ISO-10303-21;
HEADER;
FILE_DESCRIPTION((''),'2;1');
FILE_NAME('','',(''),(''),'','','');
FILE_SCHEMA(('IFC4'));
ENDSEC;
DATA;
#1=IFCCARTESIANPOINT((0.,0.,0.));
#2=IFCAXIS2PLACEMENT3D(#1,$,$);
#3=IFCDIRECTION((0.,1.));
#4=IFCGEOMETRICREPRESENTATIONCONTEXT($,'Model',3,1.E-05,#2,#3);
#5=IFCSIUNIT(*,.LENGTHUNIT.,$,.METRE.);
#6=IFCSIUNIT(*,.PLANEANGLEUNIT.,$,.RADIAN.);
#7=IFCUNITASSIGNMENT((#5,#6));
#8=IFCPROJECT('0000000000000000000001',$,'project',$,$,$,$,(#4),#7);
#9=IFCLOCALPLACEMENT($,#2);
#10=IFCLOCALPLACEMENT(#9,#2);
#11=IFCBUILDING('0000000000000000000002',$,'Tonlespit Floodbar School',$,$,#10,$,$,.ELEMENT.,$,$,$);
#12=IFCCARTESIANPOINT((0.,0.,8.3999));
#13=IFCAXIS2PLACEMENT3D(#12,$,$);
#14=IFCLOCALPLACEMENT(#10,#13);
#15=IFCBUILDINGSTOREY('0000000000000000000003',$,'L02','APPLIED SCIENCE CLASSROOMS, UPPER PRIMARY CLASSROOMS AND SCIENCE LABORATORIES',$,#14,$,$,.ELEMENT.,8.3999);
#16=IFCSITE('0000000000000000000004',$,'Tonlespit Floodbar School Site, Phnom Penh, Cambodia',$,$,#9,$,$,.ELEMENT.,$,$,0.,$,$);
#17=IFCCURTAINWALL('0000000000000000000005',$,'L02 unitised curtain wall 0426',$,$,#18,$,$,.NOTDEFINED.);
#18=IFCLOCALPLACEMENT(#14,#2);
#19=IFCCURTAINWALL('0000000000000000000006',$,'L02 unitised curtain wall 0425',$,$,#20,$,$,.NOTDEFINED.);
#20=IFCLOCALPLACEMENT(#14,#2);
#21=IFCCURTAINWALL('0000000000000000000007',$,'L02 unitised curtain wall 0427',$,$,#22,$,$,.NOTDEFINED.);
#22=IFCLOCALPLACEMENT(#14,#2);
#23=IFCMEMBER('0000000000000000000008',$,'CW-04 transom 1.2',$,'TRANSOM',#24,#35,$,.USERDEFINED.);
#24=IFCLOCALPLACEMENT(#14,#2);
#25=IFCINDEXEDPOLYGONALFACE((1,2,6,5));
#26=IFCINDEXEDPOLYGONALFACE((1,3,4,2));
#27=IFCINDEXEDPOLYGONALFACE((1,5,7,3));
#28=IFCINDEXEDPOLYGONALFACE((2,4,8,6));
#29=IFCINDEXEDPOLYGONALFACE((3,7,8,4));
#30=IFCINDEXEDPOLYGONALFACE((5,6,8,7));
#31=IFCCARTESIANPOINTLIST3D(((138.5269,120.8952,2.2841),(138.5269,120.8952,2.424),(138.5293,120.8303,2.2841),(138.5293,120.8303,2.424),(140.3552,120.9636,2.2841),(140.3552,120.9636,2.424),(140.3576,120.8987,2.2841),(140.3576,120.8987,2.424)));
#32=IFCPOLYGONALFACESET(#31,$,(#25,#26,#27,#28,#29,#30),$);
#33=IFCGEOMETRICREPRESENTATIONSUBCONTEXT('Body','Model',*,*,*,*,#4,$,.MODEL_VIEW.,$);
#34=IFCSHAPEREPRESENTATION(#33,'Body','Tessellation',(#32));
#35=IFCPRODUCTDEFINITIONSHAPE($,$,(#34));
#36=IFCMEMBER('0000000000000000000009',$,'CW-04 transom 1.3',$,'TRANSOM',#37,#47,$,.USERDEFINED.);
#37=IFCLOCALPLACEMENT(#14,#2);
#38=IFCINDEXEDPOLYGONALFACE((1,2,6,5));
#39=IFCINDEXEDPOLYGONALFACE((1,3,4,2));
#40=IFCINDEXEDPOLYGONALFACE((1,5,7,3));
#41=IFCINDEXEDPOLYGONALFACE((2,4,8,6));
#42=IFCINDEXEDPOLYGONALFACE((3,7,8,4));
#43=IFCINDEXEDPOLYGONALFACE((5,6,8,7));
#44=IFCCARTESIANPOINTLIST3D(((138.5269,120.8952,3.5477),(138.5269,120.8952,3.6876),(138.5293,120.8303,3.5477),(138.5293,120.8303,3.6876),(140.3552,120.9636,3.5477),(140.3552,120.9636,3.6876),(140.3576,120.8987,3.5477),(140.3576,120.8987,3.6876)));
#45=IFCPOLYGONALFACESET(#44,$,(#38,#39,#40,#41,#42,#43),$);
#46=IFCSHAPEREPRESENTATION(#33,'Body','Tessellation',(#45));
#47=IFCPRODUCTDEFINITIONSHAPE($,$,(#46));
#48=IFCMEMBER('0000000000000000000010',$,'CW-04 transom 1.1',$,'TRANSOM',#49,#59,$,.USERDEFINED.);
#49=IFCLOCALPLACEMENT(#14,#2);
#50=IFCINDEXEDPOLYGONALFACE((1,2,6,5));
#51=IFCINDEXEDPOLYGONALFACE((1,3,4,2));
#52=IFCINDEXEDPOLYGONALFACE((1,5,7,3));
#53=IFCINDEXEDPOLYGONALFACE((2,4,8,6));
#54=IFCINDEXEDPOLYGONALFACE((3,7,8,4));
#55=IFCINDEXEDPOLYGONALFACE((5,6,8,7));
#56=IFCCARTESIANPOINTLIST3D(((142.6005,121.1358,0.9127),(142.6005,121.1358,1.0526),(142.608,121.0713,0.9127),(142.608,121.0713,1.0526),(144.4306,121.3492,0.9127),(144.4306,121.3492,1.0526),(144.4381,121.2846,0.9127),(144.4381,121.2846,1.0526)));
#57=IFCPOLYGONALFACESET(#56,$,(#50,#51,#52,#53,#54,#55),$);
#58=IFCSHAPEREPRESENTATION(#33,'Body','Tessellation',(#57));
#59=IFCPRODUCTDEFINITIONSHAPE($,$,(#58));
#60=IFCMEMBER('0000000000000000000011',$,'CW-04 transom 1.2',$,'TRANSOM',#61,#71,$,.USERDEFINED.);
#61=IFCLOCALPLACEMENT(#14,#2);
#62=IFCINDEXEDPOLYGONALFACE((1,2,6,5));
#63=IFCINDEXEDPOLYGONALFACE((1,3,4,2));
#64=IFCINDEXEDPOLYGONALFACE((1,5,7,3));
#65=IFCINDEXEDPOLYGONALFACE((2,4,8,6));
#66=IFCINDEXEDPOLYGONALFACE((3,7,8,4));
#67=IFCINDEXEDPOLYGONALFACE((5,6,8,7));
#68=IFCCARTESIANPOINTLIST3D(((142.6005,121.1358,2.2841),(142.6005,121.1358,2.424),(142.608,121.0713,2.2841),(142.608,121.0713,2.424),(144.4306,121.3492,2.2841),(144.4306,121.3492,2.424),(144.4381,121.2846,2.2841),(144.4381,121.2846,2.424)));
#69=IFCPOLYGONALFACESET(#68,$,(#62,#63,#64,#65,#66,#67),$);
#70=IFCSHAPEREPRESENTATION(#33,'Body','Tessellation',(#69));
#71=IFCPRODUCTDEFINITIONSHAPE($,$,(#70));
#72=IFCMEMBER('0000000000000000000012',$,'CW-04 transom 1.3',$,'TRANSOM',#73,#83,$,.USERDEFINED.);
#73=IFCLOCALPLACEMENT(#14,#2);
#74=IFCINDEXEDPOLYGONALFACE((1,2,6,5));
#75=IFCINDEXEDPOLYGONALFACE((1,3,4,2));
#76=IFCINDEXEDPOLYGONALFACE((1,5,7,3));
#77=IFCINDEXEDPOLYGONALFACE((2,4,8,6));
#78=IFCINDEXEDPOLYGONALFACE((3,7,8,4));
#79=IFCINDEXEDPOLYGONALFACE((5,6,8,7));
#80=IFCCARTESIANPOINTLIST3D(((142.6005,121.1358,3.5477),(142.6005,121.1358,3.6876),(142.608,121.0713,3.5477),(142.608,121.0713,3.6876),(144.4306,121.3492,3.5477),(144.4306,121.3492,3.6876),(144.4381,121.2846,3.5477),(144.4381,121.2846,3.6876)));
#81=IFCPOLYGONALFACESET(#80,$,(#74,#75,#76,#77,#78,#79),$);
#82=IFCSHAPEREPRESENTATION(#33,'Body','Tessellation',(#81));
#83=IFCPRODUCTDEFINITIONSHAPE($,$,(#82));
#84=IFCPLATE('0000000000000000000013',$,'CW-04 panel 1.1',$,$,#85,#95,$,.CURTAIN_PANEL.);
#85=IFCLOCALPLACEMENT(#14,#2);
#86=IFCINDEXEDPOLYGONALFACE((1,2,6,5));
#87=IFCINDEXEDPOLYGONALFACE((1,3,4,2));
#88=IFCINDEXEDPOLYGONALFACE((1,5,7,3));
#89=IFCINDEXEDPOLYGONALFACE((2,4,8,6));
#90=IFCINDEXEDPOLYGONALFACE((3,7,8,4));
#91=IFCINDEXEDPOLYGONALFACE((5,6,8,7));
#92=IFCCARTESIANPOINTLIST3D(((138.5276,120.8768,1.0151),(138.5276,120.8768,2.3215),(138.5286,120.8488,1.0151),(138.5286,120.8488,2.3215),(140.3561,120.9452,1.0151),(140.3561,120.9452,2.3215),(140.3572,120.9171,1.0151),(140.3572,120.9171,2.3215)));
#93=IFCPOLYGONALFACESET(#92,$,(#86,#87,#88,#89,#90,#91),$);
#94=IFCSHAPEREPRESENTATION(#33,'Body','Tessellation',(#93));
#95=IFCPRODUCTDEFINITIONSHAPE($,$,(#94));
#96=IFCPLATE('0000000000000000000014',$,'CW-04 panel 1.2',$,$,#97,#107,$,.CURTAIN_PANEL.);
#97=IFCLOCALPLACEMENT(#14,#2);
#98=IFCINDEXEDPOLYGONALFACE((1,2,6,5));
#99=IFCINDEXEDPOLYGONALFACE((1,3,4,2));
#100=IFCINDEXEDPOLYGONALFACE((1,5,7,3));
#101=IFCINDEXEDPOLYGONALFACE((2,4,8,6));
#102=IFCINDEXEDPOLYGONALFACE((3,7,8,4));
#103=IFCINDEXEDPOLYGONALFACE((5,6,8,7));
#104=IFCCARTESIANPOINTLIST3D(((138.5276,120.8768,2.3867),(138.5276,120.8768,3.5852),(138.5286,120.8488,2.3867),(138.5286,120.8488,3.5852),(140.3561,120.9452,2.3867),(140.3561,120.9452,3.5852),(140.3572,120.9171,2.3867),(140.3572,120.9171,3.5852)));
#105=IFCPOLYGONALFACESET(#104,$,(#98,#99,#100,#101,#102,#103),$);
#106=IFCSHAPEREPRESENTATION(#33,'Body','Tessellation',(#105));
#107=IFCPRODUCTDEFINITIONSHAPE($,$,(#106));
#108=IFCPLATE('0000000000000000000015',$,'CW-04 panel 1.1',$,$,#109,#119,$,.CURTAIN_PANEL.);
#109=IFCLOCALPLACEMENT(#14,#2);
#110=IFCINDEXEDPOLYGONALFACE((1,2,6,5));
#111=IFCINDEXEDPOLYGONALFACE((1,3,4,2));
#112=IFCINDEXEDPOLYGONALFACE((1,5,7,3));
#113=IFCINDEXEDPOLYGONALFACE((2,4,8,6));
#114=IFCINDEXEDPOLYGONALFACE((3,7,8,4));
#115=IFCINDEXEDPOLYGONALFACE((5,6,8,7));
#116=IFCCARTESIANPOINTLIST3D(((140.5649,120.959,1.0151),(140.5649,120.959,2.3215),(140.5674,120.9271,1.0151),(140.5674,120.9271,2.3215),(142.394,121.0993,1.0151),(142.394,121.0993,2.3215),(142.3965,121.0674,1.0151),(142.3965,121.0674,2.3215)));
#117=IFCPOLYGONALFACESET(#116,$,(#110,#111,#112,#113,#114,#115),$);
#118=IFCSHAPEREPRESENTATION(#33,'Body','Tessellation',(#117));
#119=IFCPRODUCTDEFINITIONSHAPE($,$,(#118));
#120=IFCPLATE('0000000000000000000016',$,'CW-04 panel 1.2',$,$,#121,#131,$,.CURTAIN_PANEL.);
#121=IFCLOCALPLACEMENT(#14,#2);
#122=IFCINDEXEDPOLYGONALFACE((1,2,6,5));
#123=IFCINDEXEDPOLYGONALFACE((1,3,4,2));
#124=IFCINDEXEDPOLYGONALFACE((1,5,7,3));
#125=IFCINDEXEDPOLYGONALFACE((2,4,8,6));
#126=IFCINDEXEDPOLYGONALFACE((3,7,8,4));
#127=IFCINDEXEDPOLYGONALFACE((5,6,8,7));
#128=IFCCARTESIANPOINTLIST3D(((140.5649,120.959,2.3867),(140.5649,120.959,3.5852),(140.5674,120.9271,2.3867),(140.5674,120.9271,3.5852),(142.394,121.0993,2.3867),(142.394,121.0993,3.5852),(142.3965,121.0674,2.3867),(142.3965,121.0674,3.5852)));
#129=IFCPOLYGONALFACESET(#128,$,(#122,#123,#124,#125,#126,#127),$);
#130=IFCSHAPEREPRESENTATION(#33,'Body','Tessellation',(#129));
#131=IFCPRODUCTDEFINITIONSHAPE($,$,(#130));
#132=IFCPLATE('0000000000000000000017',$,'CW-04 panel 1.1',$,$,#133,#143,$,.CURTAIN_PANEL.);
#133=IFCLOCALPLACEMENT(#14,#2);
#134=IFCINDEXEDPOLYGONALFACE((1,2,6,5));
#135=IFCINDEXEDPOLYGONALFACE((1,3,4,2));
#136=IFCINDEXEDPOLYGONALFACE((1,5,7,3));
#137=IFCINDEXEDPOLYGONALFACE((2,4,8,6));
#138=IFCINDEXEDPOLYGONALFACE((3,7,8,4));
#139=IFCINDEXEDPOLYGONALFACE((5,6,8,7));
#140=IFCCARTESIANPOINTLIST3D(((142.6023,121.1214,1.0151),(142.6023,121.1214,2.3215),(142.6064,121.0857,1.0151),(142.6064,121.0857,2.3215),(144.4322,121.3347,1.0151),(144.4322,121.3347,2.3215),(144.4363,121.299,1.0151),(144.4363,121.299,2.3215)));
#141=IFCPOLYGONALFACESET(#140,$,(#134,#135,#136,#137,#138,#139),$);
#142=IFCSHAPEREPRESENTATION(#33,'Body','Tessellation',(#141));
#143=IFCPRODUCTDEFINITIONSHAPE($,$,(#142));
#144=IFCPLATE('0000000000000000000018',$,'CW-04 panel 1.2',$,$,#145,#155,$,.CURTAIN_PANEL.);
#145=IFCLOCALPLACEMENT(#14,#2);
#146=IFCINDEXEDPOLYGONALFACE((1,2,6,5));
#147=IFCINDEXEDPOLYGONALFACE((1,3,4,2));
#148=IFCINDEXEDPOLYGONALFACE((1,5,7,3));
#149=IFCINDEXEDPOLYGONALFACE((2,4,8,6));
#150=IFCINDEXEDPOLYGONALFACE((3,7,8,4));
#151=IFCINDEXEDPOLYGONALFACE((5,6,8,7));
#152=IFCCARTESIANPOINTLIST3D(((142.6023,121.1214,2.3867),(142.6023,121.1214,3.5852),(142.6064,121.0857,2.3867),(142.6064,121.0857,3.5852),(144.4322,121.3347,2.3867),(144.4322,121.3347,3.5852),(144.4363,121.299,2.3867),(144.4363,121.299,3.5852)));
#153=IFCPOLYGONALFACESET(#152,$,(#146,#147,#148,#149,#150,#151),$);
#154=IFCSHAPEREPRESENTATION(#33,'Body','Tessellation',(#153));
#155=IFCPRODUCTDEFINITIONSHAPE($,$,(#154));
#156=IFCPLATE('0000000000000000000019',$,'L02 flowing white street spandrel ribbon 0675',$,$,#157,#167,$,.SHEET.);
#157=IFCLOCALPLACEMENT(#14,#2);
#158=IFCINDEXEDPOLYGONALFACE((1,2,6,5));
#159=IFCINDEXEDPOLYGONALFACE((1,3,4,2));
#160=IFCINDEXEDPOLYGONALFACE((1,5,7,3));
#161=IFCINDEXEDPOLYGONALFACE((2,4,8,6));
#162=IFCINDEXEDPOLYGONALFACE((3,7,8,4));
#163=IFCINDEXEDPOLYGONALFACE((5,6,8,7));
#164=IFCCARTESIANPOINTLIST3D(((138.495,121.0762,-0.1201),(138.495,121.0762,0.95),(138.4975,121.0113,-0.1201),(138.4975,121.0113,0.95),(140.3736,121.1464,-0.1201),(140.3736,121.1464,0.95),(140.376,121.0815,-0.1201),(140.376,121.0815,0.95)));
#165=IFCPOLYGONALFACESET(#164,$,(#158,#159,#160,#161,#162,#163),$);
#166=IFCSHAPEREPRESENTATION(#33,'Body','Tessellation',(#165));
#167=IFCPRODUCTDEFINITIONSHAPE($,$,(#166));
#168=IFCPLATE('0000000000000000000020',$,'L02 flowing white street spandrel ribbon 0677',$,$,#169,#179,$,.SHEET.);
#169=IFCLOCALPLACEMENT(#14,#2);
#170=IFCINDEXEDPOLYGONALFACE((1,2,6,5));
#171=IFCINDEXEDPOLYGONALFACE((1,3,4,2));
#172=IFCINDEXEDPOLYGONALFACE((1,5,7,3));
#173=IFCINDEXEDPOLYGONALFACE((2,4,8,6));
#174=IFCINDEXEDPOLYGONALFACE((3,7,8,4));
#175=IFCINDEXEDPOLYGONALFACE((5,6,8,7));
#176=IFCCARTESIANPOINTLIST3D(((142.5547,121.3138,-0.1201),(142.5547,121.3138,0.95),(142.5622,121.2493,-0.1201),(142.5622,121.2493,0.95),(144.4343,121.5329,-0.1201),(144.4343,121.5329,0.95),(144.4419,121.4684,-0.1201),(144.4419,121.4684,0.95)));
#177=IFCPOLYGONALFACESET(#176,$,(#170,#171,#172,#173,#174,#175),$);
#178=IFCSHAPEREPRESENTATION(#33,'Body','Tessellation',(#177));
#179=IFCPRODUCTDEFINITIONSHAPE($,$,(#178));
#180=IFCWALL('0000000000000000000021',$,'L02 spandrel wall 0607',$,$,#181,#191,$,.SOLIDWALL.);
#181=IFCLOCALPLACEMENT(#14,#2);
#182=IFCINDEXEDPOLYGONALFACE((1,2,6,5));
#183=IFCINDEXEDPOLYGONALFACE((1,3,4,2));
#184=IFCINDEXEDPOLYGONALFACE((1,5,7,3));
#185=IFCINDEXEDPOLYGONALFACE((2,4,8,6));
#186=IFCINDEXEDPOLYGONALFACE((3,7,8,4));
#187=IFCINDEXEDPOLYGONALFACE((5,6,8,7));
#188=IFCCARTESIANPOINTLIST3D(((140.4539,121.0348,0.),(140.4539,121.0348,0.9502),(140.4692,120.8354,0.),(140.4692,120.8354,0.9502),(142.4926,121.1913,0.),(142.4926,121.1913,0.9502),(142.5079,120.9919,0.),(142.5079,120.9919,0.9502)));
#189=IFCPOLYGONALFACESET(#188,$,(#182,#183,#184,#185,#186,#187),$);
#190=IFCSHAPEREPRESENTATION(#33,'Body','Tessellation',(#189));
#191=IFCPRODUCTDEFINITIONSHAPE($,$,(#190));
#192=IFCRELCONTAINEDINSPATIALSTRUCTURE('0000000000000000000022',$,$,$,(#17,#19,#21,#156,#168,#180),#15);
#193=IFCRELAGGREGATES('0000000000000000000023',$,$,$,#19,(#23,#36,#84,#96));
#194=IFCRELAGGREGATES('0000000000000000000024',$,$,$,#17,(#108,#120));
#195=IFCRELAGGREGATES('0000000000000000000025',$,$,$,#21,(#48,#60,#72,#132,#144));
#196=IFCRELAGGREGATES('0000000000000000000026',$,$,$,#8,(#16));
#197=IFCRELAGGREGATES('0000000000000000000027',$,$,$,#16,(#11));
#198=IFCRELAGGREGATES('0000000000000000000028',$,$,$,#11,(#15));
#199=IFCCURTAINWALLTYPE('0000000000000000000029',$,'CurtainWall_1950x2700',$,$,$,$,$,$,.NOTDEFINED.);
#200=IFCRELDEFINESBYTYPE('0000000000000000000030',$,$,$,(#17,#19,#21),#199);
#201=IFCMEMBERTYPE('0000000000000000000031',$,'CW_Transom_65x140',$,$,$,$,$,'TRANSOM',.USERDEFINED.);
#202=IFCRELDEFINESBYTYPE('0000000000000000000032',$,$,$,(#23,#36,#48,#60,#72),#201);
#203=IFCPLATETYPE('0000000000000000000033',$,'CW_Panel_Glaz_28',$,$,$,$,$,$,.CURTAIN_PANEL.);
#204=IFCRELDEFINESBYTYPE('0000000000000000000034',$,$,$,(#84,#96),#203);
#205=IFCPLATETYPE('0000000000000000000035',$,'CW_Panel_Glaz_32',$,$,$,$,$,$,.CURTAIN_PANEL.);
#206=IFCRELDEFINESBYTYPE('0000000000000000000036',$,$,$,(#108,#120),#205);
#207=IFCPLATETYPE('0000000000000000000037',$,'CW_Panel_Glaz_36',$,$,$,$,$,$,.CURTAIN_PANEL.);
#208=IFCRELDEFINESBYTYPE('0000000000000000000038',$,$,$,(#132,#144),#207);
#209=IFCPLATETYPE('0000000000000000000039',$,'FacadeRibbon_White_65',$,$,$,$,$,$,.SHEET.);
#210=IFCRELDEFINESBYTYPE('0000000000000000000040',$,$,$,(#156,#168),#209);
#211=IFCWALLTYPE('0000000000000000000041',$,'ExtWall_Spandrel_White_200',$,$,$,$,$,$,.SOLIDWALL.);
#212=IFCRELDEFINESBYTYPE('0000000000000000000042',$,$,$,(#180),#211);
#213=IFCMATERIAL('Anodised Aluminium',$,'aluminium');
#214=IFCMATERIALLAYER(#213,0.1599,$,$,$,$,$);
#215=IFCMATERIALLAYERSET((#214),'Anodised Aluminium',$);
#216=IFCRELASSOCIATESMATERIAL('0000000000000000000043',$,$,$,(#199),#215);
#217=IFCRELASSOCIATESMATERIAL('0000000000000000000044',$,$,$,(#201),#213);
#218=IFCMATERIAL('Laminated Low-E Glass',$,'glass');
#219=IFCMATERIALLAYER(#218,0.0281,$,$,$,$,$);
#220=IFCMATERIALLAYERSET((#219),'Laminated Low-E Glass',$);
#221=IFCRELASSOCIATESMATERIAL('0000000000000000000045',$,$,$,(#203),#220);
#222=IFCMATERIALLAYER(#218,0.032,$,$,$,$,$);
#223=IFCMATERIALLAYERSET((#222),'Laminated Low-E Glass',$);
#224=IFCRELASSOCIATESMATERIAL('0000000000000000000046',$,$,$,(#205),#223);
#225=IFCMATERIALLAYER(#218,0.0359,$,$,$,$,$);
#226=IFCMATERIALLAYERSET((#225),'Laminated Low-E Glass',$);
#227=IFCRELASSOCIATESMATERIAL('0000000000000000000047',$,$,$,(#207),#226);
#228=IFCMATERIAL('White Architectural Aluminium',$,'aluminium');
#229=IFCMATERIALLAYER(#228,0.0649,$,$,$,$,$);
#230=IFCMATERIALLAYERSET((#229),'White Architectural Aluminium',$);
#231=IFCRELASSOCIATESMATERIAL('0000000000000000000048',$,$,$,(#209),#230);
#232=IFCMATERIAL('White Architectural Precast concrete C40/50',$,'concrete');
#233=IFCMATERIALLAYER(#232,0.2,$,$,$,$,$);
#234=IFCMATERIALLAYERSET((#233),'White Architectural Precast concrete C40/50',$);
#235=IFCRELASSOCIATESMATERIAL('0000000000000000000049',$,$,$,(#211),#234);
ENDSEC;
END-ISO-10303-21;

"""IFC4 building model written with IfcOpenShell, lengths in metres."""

from ifc_helpers import new_model, si_unit, direction, frame, frame_2d, origin, origin_2d, place, context, subcontext, project, spatial, rectangle, extrude, material, layer, layer_set, material_profile, profile_set, type_object, element, aggregate, save


model = new_model("IFC4")

# Units and contexts
model_context = context("Model", 3, precision=1e-05, world=origin(), true_north=direction((0.0, 1.0)))
body_context = subcontext(model_context, "Body", "Model", "MODEL_VIEW")
ifc_project = project(units=[si_unit("LENGTHUNIT", "METRE"), si_unit("PLANEANGLEUNIT", "RADIAN")], contexts=[model_context])

# Site, building, storey
site_placement = place(None, origin())
site = spatial("IfcSite", under=ifc_project, at=site_placement, Name="Tonlespit Floodbar School Site, Phnom Penh, Cambodia", CompositionType="ELEMENT", RefElevation=0.0)
building_placement = place(site_placement, origin())
building = spatial("IfcBuilding", under=site, at=building_placement, Name="Tonlespit Floodbar School", CompositionType="ELEMENT")
storey_placement = place(building_placement, frame((0.0, 0.0, 8.3999)))
storey = spatial("IfcBuildingStorey", under=building, at=storey_placement, Name="L02", Description="APPLIED SCIENCE CLASSROOMS, UPPER PRIMARY CLASSROOMS AND SCIENCE LABORATORIES", CompositionType="ELEMENT", Elevation=8.3999)

# Curtain wall
ifc_material_1 = material(Name="Anodised Aluminium", Category="aluminium")
ifc_layer_1 = layer(ifc_material_1, 0.1599)
ifc_layer_set_1 = layer_set([ifc_layer_1], Name="Anodised Aluminium")
curtain_wall_type_1 = type_object("IfcCurtainWallType", Name="CurtainWall_1950x2700", PredefinedType="NOTDEFINED", material=ifc_layer_set_1)
curtain_wall_1_placement = place(storey_placement, origin())
curtain_wall_1 = element("IfcCurtainWall", 1, at=curtain_wall_1_placement, inside=storey, type_object=curtain_wall_type_1, Name="L02 unitised curtain wall 0426", PredefinedType="NOTDEFINED")

# Curtain walls
curtain_wall_2_placement = place(storey_placement, origin())
curtain_wall_2 = element("IfcCurtainWall", 2, at=curtain_wall_2_placement, inside=storey, type_object=curtain_wall_type_1, Name="L02 unitised curtain wall 0425", PredefinedType="NOTDEFINED")
curtain_wall_3_placement = place(storey_placement, origin())
curtain_wall_3 = element("IfcCurtainWall", 3, at=curtain_wall_3_placement, inside=storey, type_object=curtain_wall_type_1, Name="L02 unitised curtain wall 0427", PredefinedType="NOTDEFINED")

# Members
ifc_material_profile_1 = material_profile(ifc_material_1, rectangle(XDim=0.0649, YDim=0.1399, at=origin_2d()), Name="ALU T65x140")
ifc_profile_set_1 = profile_set([ifc_material_profile_1], Name="Anodised Aluminium")
member_type_1 = type_object("IfcMemberType", Name="CW_Transom_65x140", ElementType="TRANSOM", PredefinedType="USERDEFINED", material=ifc_profile_set_1)
member_1_placement = place(storey_placement, frame((138.5281, 120.8628, 2.354), z_axis=(0.999302, 0.037362, 0.0), x_axis=(-0.037362, 0.999302, 0.0)))
member_1 = element("IfcMember", 4, at=member_1_placement, type_object=member_type_1, Name="CW-04 transom 1.2", ObjectType="TRANSOM", PredefinedType="USERDEFINED", context=body_context, shape_type="SweptSolid", body=[
    extrude(rectangle(XDim=0.0649, YDim=0.1399, at=origin_2d()), origin(), (0.0, 0.0, 1.0), 1.8296),
])
member_2_placement = place(storey_placement, frame((138.5281, 120.8628, 3.6177), z_axis=(0.999302, 0.037362, 0.0), x_axis=(-0.037362, 0.999302, 0.0)))
member_2 = element("IfcMember", 5, at=member_2_placement, type_object=member_type_1, Name="CW-04 transom 1.3", ObjectType="TRANSOM", PredefinedType="USERDEFINED", context=body_context, shape_type="SweptSolid", body=[
    extrude(rectangle(XDim=0.0649, YDim=0.1399, at=origin_2d()), origin(), (0.0, 0.0, 1.0), 1.8296),
])
member_3_placement = place(storey_placement, frame((142.6042, 121.1035, 0.9827), z_axis=(0.993271, 0.115811, 0.0), x_axis=(-0.115811, 0.993271, 0.0)))
member_3 = element("IfcMember", 6, at=member_3_placement, type_object=member_type_1, Name="CW-04 transom 1.1", ObjectType="TRANSOM", PredefinedType="USERDEFINED", context=body_context, shape_type="SweptSolid", body=[
    extrude(rectangle(XDim=0.0649, YDim=0.1399, at=origin_2d()), origin(), (0.0, 0.0, 1.0), 1.8425),
])
member_4_placement = place(storey_placement, frame((142.6042, 121.1035, 2.354), z_axis=(0.993271, 0.115811, 0.0), x_axis=(-0.115811, 0.993271, 0.0)))
member_4 = element("IfcMember", 7, at=member_4_placement, type_object=member_type_1, Name="CW-04 transom 1.2", ObjectType="TRANSOM", PredefinedType="USERDEFINED", context=body_context, shape_type="SweptSolid", body=[
    extrude(rectangle(XDim=0.0649, YDim=0.1399, at=origin_2d()), origin(), (0.0, 0.0, 1.0), 1.8425),
])
member_5_placement = place(storey_placement, frame((142.6042, 121.1035, 3.6177), z_axis=(0.993271, 0.115811, 0.0), x_axis=(-0.115811, 0.993271, 0.0)))
member_5 = element("IfcMember", 8, at=member_5_placement, type_object=member_type_1, Name="CW-04 transom 1.3", ObjectType="TRANSOM", PredefinedType="USERDEFINED", context=body_context, shape_type="SweptSolid", body=[
    extrude(rectangle(XDim=0.0649, YDim=0.1399, at=origin_2d()), origin(), (0.0, 0.0, 1.0), 1.8425),
])

# Plates
ifc_material_2 = material(Name="Laminated Low-E Glass", Category="glass")
ifc_layer_2 = layer(ifc_material_2, 0.0281)
ifc_layer_set_2 = layer_set([ifc_layer_2], Name="Laminated Low-E Glass")
plate_type_1 = type_object("IfcPlateType", Name="CW_Panel_Glaz_28", PredefinedType="CURTAIN_PANEL", material=ifc_layer_set_2)
plate_1_placement = place(storey_placement, frame((139.4424, 120.897, 1.0151), z_axis=(0.0, 0.0, 1.0), x_axis=(0.999302, 0.037351, 0.0)))
plate_1 = element("IfcPlate", 9, at=plate_1_placement, type_object=plate_type_1, Name="CW-04 panel 1.1", PredefinedType="CURTAIN_PANEL", context=body_context, shape_type="SweptSolid", body=[
    extrude(rectangle(XDim=1.8298, YDim=0.0281, at=origin_2d()), origin(), (0.0, 0.0, 1.0), 1.3064),
])
plate_2_placement = place(storey_placement, frame((139.4424, 120.897, 2.3867), z_axis=(0.0, 0.0, 1.0), x_axis=(0.999302, 0.037351, 0.0)))
plate_2 = element("IfcPlate", 10, at=plate_2_placement, type_object=plate_type_1, Name="CW-04 panel 1.2", PredefinedType="CURTAIN_PANEL", context=body_context, shape_type="SweptSolid", body=[
    extrude(rectangle(XDim=1.8298, YDim=0.0281, at=origin_2d()), origin(), (0.0, 0.0, 1.0), 1.1985),
])
aggregate(curtain_wall_2, [member_1, member_2, plate_1, plate_2])
ifc_layer_3 = layer(ifc_material_2, 0.032)
ifc_layer_set_3 = layer_set([ifc_layer_3], Name="Laminated Low-E Glass")
plate_type_2 = type_object("IfcPlateType", Name="CW_Panel_Glaz_32", PredefinedType="CURTAIN_PANEL", material=ifc_layer_set_3)
plate_3_placement = place(storey_placement, frame((141.4807, 121.0132, 1.0151), z_axis=(0.0, 0.0, 1.0), x_axis=(0.997069, 0.07651, 0.0)))
plate_3 = element("IfcPlate", 11, at=plate_3_placement, type_object=plate_type_2, Name="CW-04 panel 1.1", PredefinedType="CURTAIN_PANEL", context=body_context, shape_type="SweptSolid", body=[
    extrude(rectangle(XDim=1.8345, YDim=0.032, at=origin_2d()), origin(), (0.0, 0.0, 1.0), 1.3064),
])
plate_4_placement = place(storey_placement, frame((141.4807, 121.0132, 2.3867), z_axis=(0.0, 0.0, 1.0), x_axis=(0.997069, 0.07651, 0.0)))
plate_4 = element("IfcPlate", 12, at=plate_4_placement, type_object=plate_type_2, Name="CW-04 panel 1.2", PredefinedType="CURTAIN_PANEL", context=body_context, shape_type="SweptSolid", body=[
    extrude(rectangle(XDim=1.8345, YDim=0.032, at=origin_2d()), origin(), (0.0, 0.0, 1.0), 1.1985),
])
aggregate(curtain_wall_1, [plate_3, plate_4])
ifc_layer_4 = layer(ifc_material_2, 0.0359)
ifc_layer_set_4 = layer_set([ifc_layer_4], Name="Laminated Low-E Glass")
plate_type_3 = type_object("IfcPlateType", Name="CW_Panel_Glaz_36", PredefinedType="CURTAIN_PANEL", material=ifc_layer_set_4)
plate_5_placement = place(storey_placement, frame((143.5193, 121.2102, 1.0151), z_axis=(0.0, 0.0, 1.0), x_axis=(0.993273, 0.1158, 0.0)))
plate_5 = element("IfcPlate", 13, at=plate_5_placement, type_object=plate_type_3, Name="CW-04 panel 1.1", PredefinedType="CURTAIN_PANEL", context=body_context, shape_type="SweptSolid", body=[
    extrude(rectangle(XDim=1.8423, YDim=0.0359, at=origin_2d()), origin(), (0.0, 0.0, 1.0), 1.3064),
])
plate_6_placement = place(storey_placement, frame((143.5193, 121.2102, 2.3867), z_axis=(0.0, 0.0, 1.0), x_axis=(0.993273, 0.1158, 0.0)))
plate_6 = element("IfcPlate", 14, at=plate_6_placement, type_object=plate_type_3, Name="CW-04 panel 1.2", PredefinedType="CURTAIN_PANEL", context=body_context, shape_type="SweptSolid", body=[
    extrude(rectangle(XDim=1.8423, YDim=0.0359, at=origin_2d()), origin(), (0.0, 0.0, 1.0), 1.1985),
])
aggregate(curtain_wall_3, [member_3, member_4, member_5, plate_5, plate_6])

# Plates
ifc_material_3 = material(Name="White Architectural Aluminium", Category="aluminium")
ifc_layer_5 = layer(ifc_material_3, 0.0649)
ifc_layer_set_5 = layer_set([ifc_layer_5], Name="White Architectural Aluminium")
plate_type_4 = type_object("IfcPlateType", Name="FacadeRibbon_White_65", PredefinedType="SHEET", material=ifc_layer_set_5)
plate_7_placement = place(storey_placement, frame((139.4355, 121.0789, -0.1201), z_axis=(0.0, 0.0, 1.0), x_axis=(0.999302, 0.037355, 0.0)))
element("IfcPlate", 15, at=plate_7_placement, inside=storey, type_object=plate_type_4, Name="L02 flowing white street spandrel ribbon 0675", PredefinedType="SHEET", context=body_context, shape_type="SweptSolid", body=[
    extrude(rectangle(XDim=1.8799, YDim=0.0649, at=origin_2d()), origin(), (0.0, 0.0, 1.0), 1.0701),
])
plate_8_placement = place(storey_placement, frame((143.4983, 121.3911, -0.1201), z_axis=(0.0, 0.0, 1.0), x_axis=(0.993276, 0.115773, 0.0)))
element("IfcPlate", 16, at=plate_8_placement, inside=storey, type_object=plate_type_4, Name="L02 flowing white street spandrel ribbon 0677", PredefinedType="SHEET", context=body_context, shape_type="SweptSolid", body=[
    extrude(rectangle(XDim=1.8923, YDim=0.0649, at=origin_2d()), origin(), (0.0, 0.0, 1.0), 1.0701),
])

# Wall
ifc_material_4 = material(Name="White Architectural Precast concrete C40/50", Category="concrete")
ifc_layer_6 = layer(ifc_material_4, 0.2)
ifc_layer_set_6 = layer_set([ifc_layer_6], Name="White Architectural Precast concrete C40/50")
wall_type = type_object("IfcWallType", Name="ExtWall_Spandrel_White_200", PredefinedType="SOLIDWALL", material=ifc_layer_set_6)
wall_1_placement = place(storey_placement, frame((140.4614, 120.9351, 0.0), z_axis=(0.0, 0.0, 1.0), x_axis=(0.997066, 0.076541, 0.0)))
element("IfcWall", 17, at=wall_1_placement, inside=storey, type_object=wall_type, Name="L02 spandrel wall 0607", PredefinedType="SOLIDWALL", context=body_context, shape_type="SweptSolid", body=[
    extrude(rectangle(XDim=2.0447, YDim=0.2, at=frame_2d((1.0225, 0.0))), origin(), (0.0, 0.0, 1.0), 0.9502),
])

save(model, "model.ifc")
